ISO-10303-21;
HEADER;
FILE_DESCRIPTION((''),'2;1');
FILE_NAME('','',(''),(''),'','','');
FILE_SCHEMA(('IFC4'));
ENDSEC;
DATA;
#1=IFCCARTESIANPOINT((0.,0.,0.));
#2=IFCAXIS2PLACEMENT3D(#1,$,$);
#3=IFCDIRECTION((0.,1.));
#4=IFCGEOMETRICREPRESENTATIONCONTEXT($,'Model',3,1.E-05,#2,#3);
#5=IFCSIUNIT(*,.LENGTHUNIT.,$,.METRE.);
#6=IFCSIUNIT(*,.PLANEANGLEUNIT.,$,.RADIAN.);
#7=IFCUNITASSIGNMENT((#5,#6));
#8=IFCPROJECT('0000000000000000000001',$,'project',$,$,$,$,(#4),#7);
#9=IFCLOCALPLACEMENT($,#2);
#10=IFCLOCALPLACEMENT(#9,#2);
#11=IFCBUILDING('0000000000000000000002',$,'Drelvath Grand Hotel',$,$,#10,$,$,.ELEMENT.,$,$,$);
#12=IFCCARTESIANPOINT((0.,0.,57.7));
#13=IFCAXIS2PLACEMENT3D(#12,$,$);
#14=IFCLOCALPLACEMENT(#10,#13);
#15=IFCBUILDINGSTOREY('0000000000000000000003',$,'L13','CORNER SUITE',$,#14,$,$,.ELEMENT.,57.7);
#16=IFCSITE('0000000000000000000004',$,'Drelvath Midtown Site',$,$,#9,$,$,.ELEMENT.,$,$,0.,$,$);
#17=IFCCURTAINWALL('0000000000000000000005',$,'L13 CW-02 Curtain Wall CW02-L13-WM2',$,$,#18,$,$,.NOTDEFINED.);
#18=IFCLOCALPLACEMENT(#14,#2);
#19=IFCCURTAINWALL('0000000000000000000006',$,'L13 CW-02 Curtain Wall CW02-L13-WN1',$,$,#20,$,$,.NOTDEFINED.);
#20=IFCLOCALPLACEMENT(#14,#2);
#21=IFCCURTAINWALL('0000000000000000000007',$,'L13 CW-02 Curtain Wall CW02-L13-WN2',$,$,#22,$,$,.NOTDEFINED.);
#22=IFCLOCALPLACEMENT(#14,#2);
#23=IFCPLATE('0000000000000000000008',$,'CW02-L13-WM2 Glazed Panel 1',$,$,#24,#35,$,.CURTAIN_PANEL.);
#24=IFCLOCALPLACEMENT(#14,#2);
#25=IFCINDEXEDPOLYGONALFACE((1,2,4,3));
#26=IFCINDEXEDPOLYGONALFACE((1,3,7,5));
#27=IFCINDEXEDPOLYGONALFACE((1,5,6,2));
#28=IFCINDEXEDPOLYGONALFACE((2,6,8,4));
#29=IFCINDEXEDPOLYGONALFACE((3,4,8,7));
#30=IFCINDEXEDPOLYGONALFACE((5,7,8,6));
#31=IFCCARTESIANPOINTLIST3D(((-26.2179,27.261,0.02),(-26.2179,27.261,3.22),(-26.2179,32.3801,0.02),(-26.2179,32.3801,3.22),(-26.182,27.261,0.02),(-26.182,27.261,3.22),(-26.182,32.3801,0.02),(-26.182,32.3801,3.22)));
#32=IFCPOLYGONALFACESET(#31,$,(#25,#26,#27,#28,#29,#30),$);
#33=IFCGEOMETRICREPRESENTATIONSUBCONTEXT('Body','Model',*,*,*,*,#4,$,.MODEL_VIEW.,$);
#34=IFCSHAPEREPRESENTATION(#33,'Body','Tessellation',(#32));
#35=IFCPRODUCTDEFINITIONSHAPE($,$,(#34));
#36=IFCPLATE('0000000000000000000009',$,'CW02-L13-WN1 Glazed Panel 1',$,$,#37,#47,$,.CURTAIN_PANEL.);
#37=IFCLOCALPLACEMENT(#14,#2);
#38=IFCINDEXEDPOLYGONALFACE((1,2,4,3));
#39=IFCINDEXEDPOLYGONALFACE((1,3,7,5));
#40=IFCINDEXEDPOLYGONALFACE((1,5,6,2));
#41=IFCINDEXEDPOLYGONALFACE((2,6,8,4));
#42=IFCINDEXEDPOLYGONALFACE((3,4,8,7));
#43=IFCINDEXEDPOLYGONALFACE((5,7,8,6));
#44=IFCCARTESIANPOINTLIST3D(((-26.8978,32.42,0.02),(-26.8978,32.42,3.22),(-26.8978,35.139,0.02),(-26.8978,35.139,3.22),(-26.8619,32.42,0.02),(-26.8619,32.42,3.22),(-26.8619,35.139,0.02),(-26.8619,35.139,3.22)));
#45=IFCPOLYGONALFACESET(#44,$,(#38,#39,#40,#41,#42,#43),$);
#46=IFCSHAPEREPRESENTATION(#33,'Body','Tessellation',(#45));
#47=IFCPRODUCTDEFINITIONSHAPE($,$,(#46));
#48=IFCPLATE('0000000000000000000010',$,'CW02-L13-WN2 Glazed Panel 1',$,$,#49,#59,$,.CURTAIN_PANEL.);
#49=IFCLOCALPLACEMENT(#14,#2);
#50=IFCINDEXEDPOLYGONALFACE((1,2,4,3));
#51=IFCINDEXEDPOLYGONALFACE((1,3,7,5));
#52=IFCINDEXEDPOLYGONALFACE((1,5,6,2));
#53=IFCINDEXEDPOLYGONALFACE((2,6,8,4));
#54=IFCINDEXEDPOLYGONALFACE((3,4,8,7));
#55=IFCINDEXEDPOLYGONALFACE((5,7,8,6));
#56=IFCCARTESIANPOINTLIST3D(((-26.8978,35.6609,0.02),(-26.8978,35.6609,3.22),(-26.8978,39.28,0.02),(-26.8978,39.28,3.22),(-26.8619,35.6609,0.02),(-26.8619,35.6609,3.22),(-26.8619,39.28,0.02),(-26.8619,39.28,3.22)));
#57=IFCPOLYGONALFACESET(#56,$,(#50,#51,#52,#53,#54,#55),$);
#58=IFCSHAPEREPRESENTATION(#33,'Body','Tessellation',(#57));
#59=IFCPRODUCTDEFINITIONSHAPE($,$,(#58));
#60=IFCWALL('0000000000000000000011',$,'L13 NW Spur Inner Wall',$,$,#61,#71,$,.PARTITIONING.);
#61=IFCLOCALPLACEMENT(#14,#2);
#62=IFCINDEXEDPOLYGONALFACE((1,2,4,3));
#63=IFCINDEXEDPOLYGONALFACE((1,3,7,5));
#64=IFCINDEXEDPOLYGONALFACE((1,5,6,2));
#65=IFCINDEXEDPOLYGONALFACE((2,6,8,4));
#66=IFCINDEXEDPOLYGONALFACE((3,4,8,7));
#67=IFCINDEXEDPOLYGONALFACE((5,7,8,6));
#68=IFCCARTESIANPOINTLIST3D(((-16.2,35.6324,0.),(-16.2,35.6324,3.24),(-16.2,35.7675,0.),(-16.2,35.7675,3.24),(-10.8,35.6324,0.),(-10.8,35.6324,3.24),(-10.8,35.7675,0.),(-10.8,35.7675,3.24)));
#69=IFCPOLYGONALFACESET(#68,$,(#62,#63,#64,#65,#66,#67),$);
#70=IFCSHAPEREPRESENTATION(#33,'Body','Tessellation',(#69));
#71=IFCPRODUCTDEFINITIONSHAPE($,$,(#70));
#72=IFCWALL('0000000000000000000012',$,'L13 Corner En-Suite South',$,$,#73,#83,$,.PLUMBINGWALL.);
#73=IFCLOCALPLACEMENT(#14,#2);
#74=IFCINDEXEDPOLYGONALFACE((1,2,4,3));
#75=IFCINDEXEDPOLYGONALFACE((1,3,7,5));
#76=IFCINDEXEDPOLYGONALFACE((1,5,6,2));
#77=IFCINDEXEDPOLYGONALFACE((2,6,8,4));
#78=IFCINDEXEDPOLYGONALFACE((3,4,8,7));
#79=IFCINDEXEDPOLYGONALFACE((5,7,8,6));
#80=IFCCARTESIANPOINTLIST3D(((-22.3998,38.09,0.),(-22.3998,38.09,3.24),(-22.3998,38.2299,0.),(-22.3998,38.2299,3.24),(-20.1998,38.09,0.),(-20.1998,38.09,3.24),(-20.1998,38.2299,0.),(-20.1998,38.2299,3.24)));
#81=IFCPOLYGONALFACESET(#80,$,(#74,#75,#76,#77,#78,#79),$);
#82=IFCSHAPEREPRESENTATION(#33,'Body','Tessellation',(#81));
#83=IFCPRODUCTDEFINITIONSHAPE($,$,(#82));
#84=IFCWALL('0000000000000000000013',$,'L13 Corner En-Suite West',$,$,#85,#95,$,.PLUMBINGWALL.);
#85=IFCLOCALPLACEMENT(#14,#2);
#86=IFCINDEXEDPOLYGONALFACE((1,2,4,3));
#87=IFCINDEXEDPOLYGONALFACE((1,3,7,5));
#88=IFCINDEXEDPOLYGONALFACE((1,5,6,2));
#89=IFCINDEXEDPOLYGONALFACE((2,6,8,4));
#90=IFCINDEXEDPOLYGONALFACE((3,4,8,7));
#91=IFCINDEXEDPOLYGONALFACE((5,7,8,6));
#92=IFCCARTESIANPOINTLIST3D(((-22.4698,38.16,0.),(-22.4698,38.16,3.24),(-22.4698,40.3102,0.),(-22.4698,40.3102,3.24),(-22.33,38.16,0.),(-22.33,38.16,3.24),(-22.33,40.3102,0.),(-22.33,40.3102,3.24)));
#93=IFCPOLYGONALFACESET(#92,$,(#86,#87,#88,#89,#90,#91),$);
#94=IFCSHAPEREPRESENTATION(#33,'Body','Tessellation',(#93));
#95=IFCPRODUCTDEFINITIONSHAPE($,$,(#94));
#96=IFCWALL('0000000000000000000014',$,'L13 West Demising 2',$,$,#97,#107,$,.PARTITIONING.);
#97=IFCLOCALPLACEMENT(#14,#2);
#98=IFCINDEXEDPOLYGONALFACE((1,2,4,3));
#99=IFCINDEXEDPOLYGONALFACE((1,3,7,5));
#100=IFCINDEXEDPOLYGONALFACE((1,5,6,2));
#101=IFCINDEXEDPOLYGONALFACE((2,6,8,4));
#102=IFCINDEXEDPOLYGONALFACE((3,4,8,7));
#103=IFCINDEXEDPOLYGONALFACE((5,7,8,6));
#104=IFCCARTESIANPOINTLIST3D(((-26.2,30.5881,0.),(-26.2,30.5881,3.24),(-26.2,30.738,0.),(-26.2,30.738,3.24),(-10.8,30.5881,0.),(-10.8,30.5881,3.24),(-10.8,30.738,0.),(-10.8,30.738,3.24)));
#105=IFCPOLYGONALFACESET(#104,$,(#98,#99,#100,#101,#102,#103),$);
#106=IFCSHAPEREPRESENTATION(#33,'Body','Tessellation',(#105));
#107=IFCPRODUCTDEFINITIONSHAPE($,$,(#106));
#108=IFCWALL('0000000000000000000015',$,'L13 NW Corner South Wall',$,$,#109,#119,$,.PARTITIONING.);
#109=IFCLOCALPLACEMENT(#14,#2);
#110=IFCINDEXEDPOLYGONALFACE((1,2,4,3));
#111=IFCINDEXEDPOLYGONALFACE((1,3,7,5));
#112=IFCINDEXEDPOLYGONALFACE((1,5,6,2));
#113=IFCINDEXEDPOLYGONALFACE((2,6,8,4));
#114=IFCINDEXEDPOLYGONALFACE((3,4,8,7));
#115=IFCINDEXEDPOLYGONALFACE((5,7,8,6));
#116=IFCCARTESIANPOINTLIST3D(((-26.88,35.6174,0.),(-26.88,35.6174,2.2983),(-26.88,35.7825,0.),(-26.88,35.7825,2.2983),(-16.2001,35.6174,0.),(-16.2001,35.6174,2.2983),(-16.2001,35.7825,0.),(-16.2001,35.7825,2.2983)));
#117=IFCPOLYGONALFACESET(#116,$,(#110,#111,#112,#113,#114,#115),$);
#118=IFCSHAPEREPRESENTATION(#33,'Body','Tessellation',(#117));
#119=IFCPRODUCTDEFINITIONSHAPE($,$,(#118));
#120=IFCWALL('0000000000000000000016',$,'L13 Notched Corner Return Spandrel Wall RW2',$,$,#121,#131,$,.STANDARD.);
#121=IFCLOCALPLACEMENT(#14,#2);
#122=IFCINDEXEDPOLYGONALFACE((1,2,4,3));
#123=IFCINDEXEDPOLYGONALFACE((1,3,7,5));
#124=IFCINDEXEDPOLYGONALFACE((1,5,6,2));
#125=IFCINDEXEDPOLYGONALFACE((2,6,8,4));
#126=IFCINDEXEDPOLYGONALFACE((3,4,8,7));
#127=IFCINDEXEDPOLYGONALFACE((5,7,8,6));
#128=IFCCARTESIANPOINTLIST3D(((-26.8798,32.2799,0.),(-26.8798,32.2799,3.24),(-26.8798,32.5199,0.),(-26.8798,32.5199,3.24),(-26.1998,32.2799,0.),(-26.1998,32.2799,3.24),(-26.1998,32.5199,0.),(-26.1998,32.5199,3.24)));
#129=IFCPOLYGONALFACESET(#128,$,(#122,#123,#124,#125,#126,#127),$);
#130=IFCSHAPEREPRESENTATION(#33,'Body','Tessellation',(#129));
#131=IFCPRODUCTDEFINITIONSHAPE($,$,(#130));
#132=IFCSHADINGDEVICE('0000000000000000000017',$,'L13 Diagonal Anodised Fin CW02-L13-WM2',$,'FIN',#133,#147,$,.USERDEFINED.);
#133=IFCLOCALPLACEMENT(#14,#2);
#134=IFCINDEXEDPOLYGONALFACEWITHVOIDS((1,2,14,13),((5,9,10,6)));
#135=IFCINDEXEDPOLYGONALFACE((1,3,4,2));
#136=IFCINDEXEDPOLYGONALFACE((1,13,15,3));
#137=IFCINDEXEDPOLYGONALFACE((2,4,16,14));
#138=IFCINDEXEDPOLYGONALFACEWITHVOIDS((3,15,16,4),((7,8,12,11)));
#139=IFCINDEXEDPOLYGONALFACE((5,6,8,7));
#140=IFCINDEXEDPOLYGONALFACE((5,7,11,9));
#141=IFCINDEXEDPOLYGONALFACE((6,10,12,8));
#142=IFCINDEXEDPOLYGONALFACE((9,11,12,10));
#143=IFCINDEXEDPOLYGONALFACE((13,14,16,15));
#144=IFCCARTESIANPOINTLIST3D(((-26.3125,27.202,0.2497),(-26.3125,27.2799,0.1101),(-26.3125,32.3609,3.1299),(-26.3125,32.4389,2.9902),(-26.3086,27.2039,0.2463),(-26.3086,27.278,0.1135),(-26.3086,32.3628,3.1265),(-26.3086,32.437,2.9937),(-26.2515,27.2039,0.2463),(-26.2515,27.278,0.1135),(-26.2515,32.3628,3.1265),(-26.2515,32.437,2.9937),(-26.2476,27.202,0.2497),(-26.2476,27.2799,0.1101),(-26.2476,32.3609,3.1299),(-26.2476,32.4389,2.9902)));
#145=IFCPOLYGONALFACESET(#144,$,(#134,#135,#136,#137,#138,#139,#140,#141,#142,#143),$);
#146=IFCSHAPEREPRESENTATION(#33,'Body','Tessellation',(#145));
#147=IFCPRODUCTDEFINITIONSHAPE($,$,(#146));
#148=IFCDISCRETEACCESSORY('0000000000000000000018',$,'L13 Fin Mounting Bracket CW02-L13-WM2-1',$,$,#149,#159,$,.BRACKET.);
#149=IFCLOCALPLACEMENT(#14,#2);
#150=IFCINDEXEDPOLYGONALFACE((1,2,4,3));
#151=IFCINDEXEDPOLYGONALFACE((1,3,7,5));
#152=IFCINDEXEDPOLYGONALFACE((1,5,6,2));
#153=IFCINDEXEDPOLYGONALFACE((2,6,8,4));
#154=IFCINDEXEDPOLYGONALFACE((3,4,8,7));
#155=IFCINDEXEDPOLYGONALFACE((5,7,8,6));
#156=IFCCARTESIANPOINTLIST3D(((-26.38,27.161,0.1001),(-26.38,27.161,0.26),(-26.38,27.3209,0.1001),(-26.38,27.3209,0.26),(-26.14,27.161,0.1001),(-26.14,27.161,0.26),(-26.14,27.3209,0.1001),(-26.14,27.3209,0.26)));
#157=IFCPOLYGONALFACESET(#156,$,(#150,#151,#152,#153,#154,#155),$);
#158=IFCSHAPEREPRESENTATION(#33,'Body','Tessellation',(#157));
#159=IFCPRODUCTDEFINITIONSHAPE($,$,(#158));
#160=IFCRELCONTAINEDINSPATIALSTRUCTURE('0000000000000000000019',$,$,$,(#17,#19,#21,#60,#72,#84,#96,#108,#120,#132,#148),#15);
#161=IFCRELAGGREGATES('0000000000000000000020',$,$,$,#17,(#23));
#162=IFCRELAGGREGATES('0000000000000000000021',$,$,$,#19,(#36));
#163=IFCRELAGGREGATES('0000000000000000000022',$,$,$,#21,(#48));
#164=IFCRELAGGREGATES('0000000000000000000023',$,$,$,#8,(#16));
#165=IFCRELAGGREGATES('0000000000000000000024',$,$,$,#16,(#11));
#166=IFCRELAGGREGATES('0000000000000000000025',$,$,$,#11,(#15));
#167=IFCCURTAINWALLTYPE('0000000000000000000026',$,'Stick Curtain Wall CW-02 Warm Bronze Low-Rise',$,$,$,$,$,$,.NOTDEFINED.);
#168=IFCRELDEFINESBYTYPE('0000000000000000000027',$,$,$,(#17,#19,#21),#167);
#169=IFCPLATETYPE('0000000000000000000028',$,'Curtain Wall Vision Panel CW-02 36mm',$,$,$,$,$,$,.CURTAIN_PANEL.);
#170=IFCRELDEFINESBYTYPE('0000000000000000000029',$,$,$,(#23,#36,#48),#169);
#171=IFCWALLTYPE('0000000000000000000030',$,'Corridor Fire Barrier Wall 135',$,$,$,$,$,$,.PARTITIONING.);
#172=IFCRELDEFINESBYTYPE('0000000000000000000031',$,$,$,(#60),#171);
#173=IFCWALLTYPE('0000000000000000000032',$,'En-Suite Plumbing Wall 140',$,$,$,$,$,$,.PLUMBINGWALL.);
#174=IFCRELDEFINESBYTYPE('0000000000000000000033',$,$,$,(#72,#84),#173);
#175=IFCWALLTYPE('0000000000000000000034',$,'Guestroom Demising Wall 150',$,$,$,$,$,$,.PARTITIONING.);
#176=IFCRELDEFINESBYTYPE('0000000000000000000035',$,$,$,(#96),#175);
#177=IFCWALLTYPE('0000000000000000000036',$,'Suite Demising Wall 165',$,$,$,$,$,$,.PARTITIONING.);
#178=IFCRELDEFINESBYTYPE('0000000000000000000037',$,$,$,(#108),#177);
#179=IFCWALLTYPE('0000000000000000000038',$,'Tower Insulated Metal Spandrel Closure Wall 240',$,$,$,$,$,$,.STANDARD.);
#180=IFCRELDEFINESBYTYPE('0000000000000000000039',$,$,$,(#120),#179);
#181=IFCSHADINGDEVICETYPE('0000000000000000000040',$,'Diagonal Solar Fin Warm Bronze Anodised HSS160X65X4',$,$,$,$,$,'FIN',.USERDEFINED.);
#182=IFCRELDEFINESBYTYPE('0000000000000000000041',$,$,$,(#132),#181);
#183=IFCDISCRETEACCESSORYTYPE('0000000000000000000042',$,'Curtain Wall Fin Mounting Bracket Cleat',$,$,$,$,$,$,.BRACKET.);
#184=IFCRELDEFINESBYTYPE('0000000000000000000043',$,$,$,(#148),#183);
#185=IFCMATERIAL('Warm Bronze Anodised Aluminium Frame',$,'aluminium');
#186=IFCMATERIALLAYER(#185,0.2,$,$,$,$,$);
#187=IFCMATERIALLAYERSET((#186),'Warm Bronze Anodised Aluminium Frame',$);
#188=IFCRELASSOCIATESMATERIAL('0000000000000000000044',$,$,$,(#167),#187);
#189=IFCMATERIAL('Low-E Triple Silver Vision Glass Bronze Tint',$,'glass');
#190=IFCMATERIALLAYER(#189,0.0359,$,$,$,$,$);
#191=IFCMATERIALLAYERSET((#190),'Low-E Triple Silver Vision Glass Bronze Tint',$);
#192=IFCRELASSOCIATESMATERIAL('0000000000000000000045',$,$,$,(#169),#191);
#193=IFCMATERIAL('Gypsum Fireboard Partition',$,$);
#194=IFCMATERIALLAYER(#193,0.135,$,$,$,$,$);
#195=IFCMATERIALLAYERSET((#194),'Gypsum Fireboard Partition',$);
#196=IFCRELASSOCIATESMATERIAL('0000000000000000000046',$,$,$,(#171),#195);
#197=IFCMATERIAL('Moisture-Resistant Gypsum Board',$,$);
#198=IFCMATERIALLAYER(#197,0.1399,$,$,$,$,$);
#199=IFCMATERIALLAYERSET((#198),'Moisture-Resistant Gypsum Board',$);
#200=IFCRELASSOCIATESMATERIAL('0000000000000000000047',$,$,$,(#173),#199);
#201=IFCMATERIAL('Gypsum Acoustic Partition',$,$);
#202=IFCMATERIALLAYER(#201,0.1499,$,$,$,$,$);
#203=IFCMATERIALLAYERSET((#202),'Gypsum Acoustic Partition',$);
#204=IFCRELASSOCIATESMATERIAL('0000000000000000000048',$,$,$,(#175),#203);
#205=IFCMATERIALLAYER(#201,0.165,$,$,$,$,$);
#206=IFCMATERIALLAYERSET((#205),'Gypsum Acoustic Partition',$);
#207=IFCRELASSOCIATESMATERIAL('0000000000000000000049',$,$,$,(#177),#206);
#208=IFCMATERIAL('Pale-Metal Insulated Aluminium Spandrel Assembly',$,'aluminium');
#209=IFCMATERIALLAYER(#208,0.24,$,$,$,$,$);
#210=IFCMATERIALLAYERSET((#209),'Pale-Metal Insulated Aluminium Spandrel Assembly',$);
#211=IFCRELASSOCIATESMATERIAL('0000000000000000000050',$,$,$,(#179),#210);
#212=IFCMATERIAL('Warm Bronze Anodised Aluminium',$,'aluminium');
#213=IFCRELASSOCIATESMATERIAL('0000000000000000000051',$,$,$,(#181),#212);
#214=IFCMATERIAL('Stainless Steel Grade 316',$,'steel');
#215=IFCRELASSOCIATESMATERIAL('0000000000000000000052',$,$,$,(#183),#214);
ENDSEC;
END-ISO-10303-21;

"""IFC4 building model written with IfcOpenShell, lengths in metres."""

from ifc_helpers import new_model, si_unit, direction, frame, frame_2d, origin, origin_2d, place, context, subcontext, project, spatial, rectangle, hollow_rectangle, extrude, material, layer, layer_set, material_profile, profile_set, type_object, element, aggregate, save


model = new_model("IFC4")

# Units and contexts
model_context = context("Model", 3, precision=1e-05, world=origin(), true_north=direction((0.0, 1.0)))
body_context = subcontext(model_context, "Body", "Model", "MODEL_VIEW")
ifc_project = project(units=[si_unit("LENGTHUNIT", "METRE"), si_unit("PLANEANGLEUNIT", "RADIAN")], contexts=[model_context])

# Site, building, storey
site_placement = place(None, origin())
site = spatial("IfcSite", under=ifc_project, at=site_placement, Name="Drelvath Midtown Site", CompositionType="ELEMENT", RefElevation=0.0)
building_placement = place(site_placement, origin())
building = spatial("IfcBuilding", under=site, at=building_placement, Name="Drelvath Grand Hotel", CompositionType="ELEMENT")
storey_placement = place(building_placement, frame((0.0, 0.0, 57.7)))
storey = spatial("IfcBuildingStorey", under=building, at=storey_placement, Name="L13", Description="CORNER SUITE", CompositionType="ELEMENT", Elevation=57.7)

# Curtain walls
ifc_material_1 = material(Name="Warm Bronze Anodised Aluminium Frame", Category="aluminium")
ifc_layer_1 = layer(ifc_material_1, 0.2)
ifc_layer_set_1 = layer_set([ifc_layer_1], Name="Warm Bronze Anodised Aluminium Frame")
curtain_wall_type = type_object("IfcCurtainWallType", Name="Stick Curtain Wall CW-02 Warm Bronze Low-Rise", PredefinedType="NOTDEFINED", material=ifc_layer_set_1)
curtain_wall_1_placement = place(storey_placement, origin())
curtain_wall_1 = element("IfcCurtainWall", 1, at=curtain_wall_1_placement, inside=storey, type_object=curtain_wall_type, Name="L13 CW-02 Curtain Wall CW02-L13-WM2", PredefinedType="NOTDEFINED")
curtain_wall_2_placement = place(storey_placement, origin())
curtain_wall_2 = element("IfcCurtainWall", 2, at=curtain_wall_2_placement, inside=storey, type_object=curtain_wall_type, Name="L13 CW-02 Curtain Wall CW02-L13-WN1", PredefinedType="NOTDEFINED")
curtain_wall_3_placement = place(storey_placement, origin())
curtain_wall_3 = element("IfcCurtainWall", 3, at=curtain_wall_3_placement, inside=storey, type_object=curtain_wall_type, Name="L13 CW-02 Curtain Wall CW02-L13-WN2", PredefinedType="NOTDEFINED")

# Plates
ifc_material_2 = material(Name="Low-E Triple Silver Vision Glass Bronze Tint", Category="glass")
ifc_layer_2 = layer(ifc_material_2, 0.0359)
ifc_layer_set_2 = layer_set([ifc_layer_2], Name="Low-E Triple Silver Vision Glass Bronze Tint")
plate_type = type_object("IfcPlateType", Name="Curtain Wall Vision Panel CW-02 36mm", PredefinedType="CURTAIN_PANEL", material=ifc_layer_set_2)
plate_1_placement = place(storey_placement, frame((-26.2, 29.8206, 0.02), z_axis=(0.0, 0.0, 1.0), x_axis=(0.0, 1.0, 0.0)))
plate_1 = element("IfcPlate", 4, at=plate_1_placement, type_object=plate_type, Name="CW02-L13-WM2 Glazed Panel 1", PredefinedType="CURTAIN_PANEL", context=body_context, shape_type="SweptSolid", body=[
    extrude(rectangle(XDim=5.1191, YDim=0.0359, at=origin_2d()), origin(), (0.0, 0.0, 1.0), 3.2),
])
aggregate(curtain_wall_1, [plate_1])
plate_2_placement = place(storey_placement, frame((-26.8799, 33.7795, 0.02), z_axis=(0.0, 0.0, 1.0), x_axis=(0.0, 1.0, 0.0)))
plate_2 = element("IfcPlate", 5, at=plate_2_placement, type_object=plate_type, Name="CW02-L13-WN1 Glazed Panel 1", PredefinedType="CURTAIN_PANEL", context=body_context, shape_type="SweptSolid", body=[
    extrude(rectangle(XDim=2.719, YDim=0.0359, at=origin_2d()), origin(), (0.0, 0.0, 1.0), 3.2),
])
aggregate(curtain_wall_2, [plate_2])
plate_3_placement = place(storey_placement, frame((-26.8799, 37.4705, 0.02), z_axis=(0.0, 0.0, 1.0), x_axis=(0.0, 1.0, 0.0)))
plate_3 = element("IfcPlate", 6, at=plate_3_placement, type_object=plate_type, Name="CW02-L13-WN2 Glazed Panel 1", PredefinedType="CURTAIN_PANEL", context=body_context, shape_type="SweptSolid", body=[
    extrude(rectangle(XDim=3.6191, YDim=0.0359, at=origin_2d()), origin(), (0.0, 0.0, 1.0), 3.2),
])
aggregate(curtain_wall_3, [plate_3])

# Wall
ifc_material_3 = material(Name="Gypsum Fireboard Partition")
ifc_layer_3 = layer(ifc_material_3, 0.135)
ifc_layer_set_3 = layer_set([ifc_layer_3], Name="Gypsum Fireboard Partition")
wall_type_1 = type_object("IfcWallType", Name="Corridor Fire Barrier Wall 135", PredefinedType="PARTITIONING", material=ifc_layer_set_3)
wall_1_placement = place(storey_placement, frame((-16.2, 35.7, 0.0), z_axis=(0.0, 0.0, 1.0), x_axis=(1.0, 0.0, 0.0)))
element("IfcWall", 7, at=wall_1_placement, inside=storey, type_object=wall_type_1, Name="L13 NW Spur Inner Wall", PredefinedType="PARTITIONING", context=body_context, shape_type="SweptSolid", body=[
    extrude(rectangle(XDim=5.3999, YDim=0.135, at=frame_2d((2.7, 0.0))), origin(), (0.0, 0.0, 1.0), 3.24),
])

# Walls
ifc_material_4 = material(Name="Moisture-Resistant Gypsum Board")
ifc_layer_4 = layer(ifc_material_4, 0.1399)
ifc_layer_set_4 = layer_set([ifc_layer_4], Name="Moisture-Resistant Gypsum Board")
wall_type_2 = type_object("IfcWallType", Name="En-Suite Plumbing Wall 140", PredefinedType="PLUMBINGWALL", material=ifc_layer_set_4)
wall_2_placement = place(storey_placement, frame((-22.3999, 38.1599, 0.0), z_axis=(0.0, 0.0, 1.0), x_axis=(1.0, 0.0, 0.0)))
element("IfcWall", 8, at=wall_2_placement, inside=storey, type_object=wall_type_2, Name="L13 Corner En-Suite South", PredefinedType="PLUMBINGWALL", context=body_context, shape_type="SweptSolid", body=[
    extrude(rectangle(XDim=2.2, YDim=0.1399, at=frame_2d((1.1001, 0.0))), origin(), (0.0, 0.0, 1.0), 3.24),
])
wall_3_placement = place(storey_placement, frame((-22.3999, 38.1599, 0.0), z_axis=(0.0, 0.0, 1.0), x_axis=(0.0, 1.0, 0.0)))
element("IfcWall", 9, at=wall_3_placement, inside=storey, type_object=wall_type_2, Name="L13 Corner En-Suite West", PredefinedType="PLUMBINGWALL", context=body_context, shape_type="SweptSolid", body=[
    extrude(rectangle(XDim=2.1501, YDim=0.1399, at=frame_2d((1.0752, 0.0))), origin(), (0.0, 0.0, 1.0), 3.24),
])
ifc_material_5 = material(Name="Gypsum Acoustic Partition")
ifc_layer_5 = layer(ifc_material_5, 0.1499)
ifc_layer_set_5 = layer_set([ifc_layer_5], Name="Gypsum Acoustic Partition")
wall_type_3 = type_object("IfcWallType", Name="Guestroom Demising Wall 150", PredefinedType="PARTITIONING", material=ifc_layer_set_5)
wall_4_placement = place(storey_placement, frame((-26.2, 30.6631, 0.0), z_axis=(0.0, 0.0, 1.0), x_axis=(1.0, 0.0, 0.0)))
element("IfcWall", 10, at=wall_4_placement, inside=storey, type_object=wall_type_3, Name="L13 West Demising 2", PredefinedType="PARTITIONING", context=body_context, shape_type="SweptSolid", body=[
    extrude(rectangle(XDim=15.3999, YDim=0.1499, at=frame_2d((7.7, 0.0))), origin(), (0.0, 0.0, 1.0), 3.24),
])
ifc_layer_6 = layer(ifc_material_5, 0.165)
ifc_layer_set_6 = layer_set([ifc_layer_6], Name="Gypsum Acoustic Partition")
wall_type_4 = type_object("IfcWallType", Name="Suite Demising Wall 165", PredefinedType="PARTITIONING", material=ifc_layer_set_6)
wall_5_placement = place(storey_placement, frame((-26.8799, 35.7, 0.0), z_axis=(0.0, 0.0, 1.0), x_axis=(1.0, 0.0, 0.0)))
element("IfcWall", 11, at=wall_5_placement, inside=storey, type_object=wall_type_4, Name="L13 NW Corner South Wall", PredefinedType="PARTITIONING", context=body_context, shape_type="SweptSolid", body=[
    extrude(rectangle(XDim=10.6799, YDim=0.165, at=frame_2d((5.3398, 0.0))), origin(), (0.0, 0.0, 1.0), 2.2983),
])
ifc_material_6 = material(Name="Pale-Metal Insulated Aluminium Spandrel Assembly", Category="aluminium")
ifc_layer_7 = layer(ifc_material_6, 0.24)
ifc_layer_set_7 = layer_set([ifc_layer_7], Name="Pale-Metal Insulated Aluminium Spandrel Assembly")
wall_type_5 = type_object("IfcWallType", Name="Tower Insulated Metal Spandrel Closure Wall 240", PredefinedType="STANDARD", material=ifc_layer_set_7)
wall_6_placement = place(storey_placement, frame((-26.2, 32.3999, 0.0), z_axis=(0.0, 0.0, 1.0), x_axis=(-1.0, 0.0, 0.0)))
element("IfcWall", 12, at=wall_6_placement, inside=storey, type_object=wall_type_5, Name="L13 Notched Corner Return Spandrel Wall RW2", PredefinedType="STANDARD", context=body_context, shape_type="SweptSolid", body=[
    extrude(rectangle(XDim=0.6799, YDim=0.24, at=frame_2d((0.3398, 0.0))), origin(), (0.0, 0.0, 1.0), 3.24),
])

# Shading device
ifc_material_7 = material(Name="Warm Bronze Anodised Aluminium", Category="aluminium")
ifc_material_profile_1 = material_profile(ifc_material_7, hollow_rectangle(XDim=0.0649, YDim=0.1599, WallThickness=0.0039, at=origin_2d()), Name="HSS160X65X4")
ifc_profile_set_1 = profile_set([ifc_material_profile_1], Name="Warm Bronze Anodised Aluminium")
shading_device_type = type_object("IfcShadingDeviceType", Name="Diagonal Solar Fin Warm Bronze Anodised HSS160X65X4", ElementType="FIN", PredefinedType="USERDEFINED", material=ifc_profile_set_1)
shading_device_placement = place(storey_placement, frame((-26.28, 27.241, 0.1799), z_axis=(0.0, 0.873146, 0.487459), x_axis=(-1.0, 0.0, 0.0)))
element("IfcShadingDevice", 13, at=shading_device_placement, inside=storey, type_object=shading_device_type, Name="L13 Diagonal Anodised Fin CW02-L13-WM2", ObjectType="FIN", PredefinedType="USERDEFINED", context=body_context, shape_type="SweptSolid", body=[
    extrude(hollow_rectangle(XDim=0.0649, YDim=0.1599, WallThickness=0.0039, at=origin_2d()), origin(), (0.0, 0.0, 1.0), 5.9084),
])

# Discrete accessory
ifc_material_8 = material(Name="Stainless Steel Grade 316", Category="steel")
discrete_accessory_type = type_object("IfcDiscreteAccessoryType", Name="Curtain Wall Fin Mounting Bracket Cleat", PredefinedType="BRACKET", material=ifc_material_8)
discrete_accessory_placement = place(storey_placement, frame((-26.26, 27.241, 0.1001), z_axis=(0.0, 0.0, 1.0), x_axis=(0.0, 1.0, 0.0)))
element("IfcDiscreteAccessory", 14, at=discrete_accessory_placement, inside=storey, type_object=discrete_accessory_type, Name="L13 Fin Mounting Bracket CW02-L13-WM2-1", PredefinedType="BRACKET", context=body_context, shape_type="SweptSolid", body=[
    extrude(rectangle(XDim=0.1599, YDim=0.24, at=origin_2d()), origin(), (0.0, 0.0, 1.0), 0.1599),
])

save(model, "model.ifc")
